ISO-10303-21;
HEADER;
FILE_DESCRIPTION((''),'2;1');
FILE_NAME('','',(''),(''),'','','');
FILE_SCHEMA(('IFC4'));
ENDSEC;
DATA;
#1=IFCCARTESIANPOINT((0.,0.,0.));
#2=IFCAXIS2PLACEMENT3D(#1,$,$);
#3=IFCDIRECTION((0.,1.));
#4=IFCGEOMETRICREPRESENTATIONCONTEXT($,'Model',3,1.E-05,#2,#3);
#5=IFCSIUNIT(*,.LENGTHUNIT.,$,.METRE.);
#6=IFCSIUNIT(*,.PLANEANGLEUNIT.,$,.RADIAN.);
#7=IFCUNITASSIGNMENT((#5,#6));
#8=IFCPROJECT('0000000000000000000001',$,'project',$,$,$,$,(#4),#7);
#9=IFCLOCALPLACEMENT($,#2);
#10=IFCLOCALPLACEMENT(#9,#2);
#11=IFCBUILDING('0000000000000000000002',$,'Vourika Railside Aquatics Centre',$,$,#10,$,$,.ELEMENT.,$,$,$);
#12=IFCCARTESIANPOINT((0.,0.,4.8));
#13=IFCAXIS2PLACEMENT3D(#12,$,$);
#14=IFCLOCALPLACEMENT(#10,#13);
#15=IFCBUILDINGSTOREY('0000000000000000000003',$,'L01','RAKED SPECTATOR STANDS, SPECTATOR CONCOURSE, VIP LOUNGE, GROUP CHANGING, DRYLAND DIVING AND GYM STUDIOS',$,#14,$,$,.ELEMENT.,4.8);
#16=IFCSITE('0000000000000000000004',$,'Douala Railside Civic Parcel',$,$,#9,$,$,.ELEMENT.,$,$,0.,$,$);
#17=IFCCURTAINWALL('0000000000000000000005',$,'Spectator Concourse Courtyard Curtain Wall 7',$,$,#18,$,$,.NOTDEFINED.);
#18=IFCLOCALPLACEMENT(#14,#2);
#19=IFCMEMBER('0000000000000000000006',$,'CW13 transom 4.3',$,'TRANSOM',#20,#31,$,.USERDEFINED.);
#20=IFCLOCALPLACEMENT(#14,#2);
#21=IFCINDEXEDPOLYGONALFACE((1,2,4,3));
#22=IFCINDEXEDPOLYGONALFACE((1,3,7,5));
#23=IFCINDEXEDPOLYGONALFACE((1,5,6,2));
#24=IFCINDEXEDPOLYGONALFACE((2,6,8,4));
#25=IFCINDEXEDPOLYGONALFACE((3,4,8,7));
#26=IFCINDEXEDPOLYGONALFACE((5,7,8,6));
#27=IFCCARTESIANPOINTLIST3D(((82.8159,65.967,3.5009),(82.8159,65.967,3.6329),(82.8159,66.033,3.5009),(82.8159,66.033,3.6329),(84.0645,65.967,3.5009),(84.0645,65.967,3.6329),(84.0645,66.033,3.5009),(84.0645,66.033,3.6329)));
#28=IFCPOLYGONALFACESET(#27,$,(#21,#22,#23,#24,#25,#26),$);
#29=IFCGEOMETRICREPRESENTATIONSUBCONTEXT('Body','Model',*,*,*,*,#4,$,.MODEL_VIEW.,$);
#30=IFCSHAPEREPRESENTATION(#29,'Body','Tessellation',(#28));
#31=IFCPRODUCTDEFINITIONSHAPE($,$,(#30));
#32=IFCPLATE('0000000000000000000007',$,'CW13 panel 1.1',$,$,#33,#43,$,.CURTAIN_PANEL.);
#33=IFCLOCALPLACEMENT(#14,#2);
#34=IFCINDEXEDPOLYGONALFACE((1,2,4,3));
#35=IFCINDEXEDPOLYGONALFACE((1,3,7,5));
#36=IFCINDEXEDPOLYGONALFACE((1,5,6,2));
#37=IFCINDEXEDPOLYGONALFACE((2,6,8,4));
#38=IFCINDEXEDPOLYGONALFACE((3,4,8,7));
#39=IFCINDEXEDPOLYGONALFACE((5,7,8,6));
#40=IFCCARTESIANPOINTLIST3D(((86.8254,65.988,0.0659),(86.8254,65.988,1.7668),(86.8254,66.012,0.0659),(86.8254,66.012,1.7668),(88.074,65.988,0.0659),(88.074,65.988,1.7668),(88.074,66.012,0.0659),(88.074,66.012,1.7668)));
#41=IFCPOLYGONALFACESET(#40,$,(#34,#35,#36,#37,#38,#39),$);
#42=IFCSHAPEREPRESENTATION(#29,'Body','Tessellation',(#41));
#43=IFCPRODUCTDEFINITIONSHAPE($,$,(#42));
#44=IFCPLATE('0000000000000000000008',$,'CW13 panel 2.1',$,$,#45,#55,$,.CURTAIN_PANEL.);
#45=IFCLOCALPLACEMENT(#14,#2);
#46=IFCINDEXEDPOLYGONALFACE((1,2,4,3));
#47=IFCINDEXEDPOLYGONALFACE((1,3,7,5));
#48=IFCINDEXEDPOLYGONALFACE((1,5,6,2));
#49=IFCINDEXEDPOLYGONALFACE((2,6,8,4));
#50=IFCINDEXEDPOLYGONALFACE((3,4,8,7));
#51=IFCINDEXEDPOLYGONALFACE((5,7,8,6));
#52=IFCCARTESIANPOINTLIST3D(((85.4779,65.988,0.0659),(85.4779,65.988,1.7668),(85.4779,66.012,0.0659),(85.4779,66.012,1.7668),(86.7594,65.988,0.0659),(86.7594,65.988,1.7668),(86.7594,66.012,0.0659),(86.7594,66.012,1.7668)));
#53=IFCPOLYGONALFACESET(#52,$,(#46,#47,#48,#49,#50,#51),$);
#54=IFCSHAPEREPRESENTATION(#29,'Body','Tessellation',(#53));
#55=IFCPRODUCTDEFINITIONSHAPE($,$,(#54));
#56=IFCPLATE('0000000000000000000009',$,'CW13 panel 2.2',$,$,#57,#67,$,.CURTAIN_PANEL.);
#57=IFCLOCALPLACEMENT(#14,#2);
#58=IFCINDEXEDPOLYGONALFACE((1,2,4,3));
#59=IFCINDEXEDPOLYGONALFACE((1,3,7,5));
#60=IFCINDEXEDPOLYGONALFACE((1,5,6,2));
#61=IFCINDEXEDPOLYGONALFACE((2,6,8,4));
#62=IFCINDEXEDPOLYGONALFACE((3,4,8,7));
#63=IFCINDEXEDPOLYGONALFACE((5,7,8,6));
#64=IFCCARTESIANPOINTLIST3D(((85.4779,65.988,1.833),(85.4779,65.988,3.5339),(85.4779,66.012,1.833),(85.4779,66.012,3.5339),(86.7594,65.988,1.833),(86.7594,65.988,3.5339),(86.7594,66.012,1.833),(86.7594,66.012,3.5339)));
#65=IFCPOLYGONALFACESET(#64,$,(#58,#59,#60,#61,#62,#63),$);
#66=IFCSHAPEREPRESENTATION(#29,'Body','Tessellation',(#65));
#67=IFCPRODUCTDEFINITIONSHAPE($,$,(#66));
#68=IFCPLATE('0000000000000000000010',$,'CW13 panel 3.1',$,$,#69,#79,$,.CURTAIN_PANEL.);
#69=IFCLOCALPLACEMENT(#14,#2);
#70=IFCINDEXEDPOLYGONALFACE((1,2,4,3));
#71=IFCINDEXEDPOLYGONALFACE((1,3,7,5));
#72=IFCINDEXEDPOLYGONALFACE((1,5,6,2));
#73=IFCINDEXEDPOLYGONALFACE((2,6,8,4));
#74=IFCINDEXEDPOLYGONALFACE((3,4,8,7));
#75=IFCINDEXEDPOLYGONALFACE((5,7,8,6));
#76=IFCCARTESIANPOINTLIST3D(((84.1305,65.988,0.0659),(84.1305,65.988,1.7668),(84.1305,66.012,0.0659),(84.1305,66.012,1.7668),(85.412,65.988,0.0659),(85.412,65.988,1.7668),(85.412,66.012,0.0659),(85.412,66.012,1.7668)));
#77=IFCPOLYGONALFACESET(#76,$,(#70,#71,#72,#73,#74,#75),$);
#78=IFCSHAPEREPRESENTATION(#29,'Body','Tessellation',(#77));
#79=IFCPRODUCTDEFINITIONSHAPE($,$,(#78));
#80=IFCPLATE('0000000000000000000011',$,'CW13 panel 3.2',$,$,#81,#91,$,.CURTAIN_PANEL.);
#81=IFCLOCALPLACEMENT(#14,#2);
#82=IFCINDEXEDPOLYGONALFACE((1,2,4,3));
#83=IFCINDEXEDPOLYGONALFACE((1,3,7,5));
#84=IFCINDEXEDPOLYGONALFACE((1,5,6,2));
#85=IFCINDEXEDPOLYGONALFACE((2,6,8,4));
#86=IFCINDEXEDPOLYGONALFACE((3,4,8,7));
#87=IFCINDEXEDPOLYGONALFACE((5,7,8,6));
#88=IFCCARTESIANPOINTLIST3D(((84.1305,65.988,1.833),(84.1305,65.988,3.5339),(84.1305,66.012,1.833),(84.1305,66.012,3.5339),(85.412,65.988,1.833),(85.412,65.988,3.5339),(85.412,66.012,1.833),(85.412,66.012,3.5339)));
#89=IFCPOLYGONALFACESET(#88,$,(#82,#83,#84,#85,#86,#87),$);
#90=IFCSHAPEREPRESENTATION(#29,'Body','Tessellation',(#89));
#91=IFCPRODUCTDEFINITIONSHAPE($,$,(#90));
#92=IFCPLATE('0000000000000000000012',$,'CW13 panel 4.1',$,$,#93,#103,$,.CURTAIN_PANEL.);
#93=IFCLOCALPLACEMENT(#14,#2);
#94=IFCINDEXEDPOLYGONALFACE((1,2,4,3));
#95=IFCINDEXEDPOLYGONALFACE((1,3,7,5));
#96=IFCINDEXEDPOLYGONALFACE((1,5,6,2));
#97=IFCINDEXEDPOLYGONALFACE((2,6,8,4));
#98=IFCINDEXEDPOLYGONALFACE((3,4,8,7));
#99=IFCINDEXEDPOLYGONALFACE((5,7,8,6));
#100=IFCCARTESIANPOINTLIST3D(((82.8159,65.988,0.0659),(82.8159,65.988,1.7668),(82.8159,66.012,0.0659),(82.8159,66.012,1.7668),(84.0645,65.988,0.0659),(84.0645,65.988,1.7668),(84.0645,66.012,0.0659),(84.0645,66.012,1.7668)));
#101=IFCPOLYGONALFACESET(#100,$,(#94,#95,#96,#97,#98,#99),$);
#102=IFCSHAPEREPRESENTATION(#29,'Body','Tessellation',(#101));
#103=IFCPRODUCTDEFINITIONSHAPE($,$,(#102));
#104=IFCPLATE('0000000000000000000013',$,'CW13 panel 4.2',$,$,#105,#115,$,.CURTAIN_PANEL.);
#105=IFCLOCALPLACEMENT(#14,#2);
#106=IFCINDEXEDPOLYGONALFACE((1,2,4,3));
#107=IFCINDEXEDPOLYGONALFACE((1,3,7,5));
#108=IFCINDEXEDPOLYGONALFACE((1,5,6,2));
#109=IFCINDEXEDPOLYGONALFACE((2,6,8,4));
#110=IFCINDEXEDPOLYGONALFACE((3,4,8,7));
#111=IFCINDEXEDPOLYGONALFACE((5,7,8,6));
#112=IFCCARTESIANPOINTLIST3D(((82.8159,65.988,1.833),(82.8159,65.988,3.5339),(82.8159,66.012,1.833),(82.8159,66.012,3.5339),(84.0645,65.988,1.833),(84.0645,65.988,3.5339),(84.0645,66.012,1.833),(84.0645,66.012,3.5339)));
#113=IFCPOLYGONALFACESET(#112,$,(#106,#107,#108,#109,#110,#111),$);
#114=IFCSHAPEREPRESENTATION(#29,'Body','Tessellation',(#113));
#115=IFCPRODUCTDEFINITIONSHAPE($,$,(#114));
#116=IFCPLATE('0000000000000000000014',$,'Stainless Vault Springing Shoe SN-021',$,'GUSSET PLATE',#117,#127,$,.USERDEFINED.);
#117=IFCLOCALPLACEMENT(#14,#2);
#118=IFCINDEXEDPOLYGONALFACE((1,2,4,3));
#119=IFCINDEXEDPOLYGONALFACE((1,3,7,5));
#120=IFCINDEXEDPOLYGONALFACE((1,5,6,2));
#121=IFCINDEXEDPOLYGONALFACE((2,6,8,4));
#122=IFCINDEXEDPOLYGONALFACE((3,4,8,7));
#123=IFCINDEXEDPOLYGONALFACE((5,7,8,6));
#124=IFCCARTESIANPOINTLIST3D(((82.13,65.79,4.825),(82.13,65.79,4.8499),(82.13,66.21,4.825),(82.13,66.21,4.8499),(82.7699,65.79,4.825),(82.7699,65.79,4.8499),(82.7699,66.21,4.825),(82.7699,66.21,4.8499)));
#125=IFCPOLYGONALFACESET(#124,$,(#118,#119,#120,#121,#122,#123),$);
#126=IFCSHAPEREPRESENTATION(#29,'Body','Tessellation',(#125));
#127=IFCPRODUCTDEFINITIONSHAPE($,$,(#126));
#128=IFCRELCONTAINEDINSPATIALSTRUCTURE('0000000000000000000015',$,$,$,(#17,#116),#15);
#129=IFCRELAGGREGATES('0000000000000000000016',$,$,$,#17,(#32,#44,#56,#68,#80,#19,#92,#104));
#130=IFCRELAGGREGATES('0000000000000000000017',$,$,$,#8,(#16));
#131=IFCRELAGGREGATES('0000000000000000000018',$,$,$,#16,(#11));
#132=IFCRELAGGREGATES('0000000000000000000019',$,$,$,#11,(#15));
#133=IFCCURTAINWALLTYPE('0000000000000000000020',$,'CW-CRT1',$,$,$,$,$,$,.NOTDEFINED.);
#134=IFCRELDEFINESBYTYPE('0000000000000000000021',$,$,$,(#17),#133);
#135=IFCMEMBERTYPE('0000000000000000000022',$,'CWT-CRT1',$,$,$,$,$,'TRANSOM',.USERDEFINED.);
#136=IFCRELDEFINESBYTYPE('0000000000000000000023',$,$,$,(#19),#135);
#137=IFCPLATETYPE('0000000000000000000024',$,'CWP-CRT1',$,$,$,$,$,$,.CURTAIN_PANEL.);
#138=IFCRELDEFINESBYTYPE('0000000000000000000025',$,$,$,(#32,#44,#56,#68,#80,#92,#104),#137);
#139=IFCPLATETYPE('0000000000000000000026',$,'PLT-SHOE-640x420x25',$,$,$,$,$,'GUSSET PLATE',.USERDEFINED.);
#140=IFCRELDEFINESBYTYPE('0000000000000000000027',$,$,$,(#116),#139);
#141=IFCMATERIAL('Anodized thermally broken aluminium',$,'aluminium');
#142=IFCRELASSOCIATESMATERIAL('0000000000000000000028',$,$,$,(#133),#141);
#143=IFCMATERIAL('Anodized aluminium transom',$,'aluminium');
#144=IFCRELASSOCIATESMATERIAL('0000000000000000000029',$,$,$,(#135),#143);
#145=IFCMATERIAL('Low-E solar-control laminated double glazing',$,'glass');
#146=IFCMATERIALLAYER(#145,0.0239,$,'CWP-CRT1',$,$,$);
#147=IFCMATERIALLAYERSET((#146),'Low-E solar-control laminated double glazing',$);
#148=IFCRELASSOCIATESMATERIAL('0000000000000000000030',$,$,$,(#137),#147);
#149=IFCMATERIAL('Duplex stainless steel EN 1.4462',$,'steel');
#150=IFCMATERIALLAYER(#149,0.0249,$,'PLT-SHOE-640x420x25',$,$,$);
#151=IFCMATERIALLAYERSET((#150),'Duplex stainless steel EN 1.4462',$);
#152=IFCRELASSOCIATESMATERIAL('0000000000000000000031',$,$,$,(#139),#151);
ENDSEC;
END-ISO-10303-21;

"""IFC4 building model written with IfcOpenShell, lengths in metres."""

from ifc_helpers import new_model, si_unit, direction, frame, origin, origin_2d, place, context, subcontext, project, spatial, rectangle, extrude, material, layer, layer_set, material_profile, profile_set, type_object, element, aggregate, save


model = new_model("IFC4")

# Units and contexts
model_context = context("Model", 3, precision=1e-05, world=origin(), true_north=direction((0.0, 1.0)))
body_context = subcontext(model_context, "Body", "Model", "MODEL_VIEW")
ifc_project = project(units=[si_unit("LENGTHUNIT", "METRE"), si_unit("PLANEANGLEUNIT", "RADIAN")], contexts=[model_context])

# Site, building, storey
site_placement = place(None, origin())
site = spatial("IfcSite", under=ifc_project, at=site_placement, Name="Douala Railside Civic Parcel", CompositionType="ELEMENT", RefElevation=0.0)
building_placement = place(site_placement, origin())
building = spatial("IfcBuilding", under=site, at=building_placement, Name="Vourika Railside Aquatics Centre", CompositionType="ELEMENT")
storey_placement = place(building_placement, frame((0.0, 0.0, 4.8)))
storey = spatial("IfcBuildingStorey", under=building, at=storey_placement, Name="L01", Description="RAKED SPECTATOR STANDS, SPECTATOR CONCOURSE, VIP LOUNGE, GROUP CHANGING, DRYLAND DIVING AND GYM STUDIOS", CompositionType="ELEMENT", Elevation=4.8)

# Curtain wall, member, plates
ifc_material_1 = material(Name="Anodized thermally broken aluminium", Category="aluminium")
curtain_wall_type = type_object("IfcCurtainWallType", Name="CW-CRT1", PredefinedType="NOTDEFINED", material=ifc_material_1)
curtain_wall_placement = place(storey_placement, origin())
curtain_wall = element("IfcCurtainWall", 1, at=curtain_wall_placement, inside=storey, type_object=curtain_wall_type, Name="Spectator Concourse Courtyard Curtain Wall 7", PredefinedType="NOTDEFINED")
ifc_material_2 = material(Name="Anodized aluminium transom", Category="aluminium")
ifc_material_profile_1 = material_profile(ifc_material_2, rectangle(XDim=0.0659, YDim=0.1321, at=origin_2d()), Name="ALU-T 66x132")
ifc_profile_set_1 = profile_set([ifc_material_profile_1], Name="Anodized aluminium transom")
member_type_1 = type_object("IfcMemberType", Name="CWT-CRT1", ElementType="TRANSOM", PredefinedType="USERDEFINED", material=ifc_profile_set_1)
member_1_placement = place(storey_placement, frame((84.0645, 66.0, 3.5669), z_axis=(-1.0, 0.0, 0.0), x_axis=(0.0, -1.0, 0.0)))
member_1 = element("IfcMember", 2, at=member_1_placement, type_object=member_type_1, Name="CW13 transom 4.3", ObjectType="TRANSOM", PredefinedType="USERDEFINED", context=body_context, shape_type="SweptSolid", body=[
    extrude(rectangle(XDim=0.0659, YDim=0.1321, at=origin_2d()), origin(), (0.0, 0.0, 1.0), 1.2485),
])
ifc_material_3 = material(Name="Low-E solar-control laminated double glazing", Category="glass")
ifc_layer_1 = layer(ifc_material_3, 0.0239, Name="CWP-CRT1")
ifc_layer_set_1 = layer_set([ifc_layer_1], Name="Low-E solar-control laminated double glazing")
plate_type_1 = type_object("IfcPlateType", Name="CWP-CRT1", PredefinedType="CURTAIN_PANEL", material=ifc_layer_set_1)
plate_1_placement = place(storey_placement, frame((87.4497, 66.0, 0.0659), z_axis=(0.0, 0.0, 1.0), x_axis=(-1.0, 0.0, 0.0)))
plate_1 = element("IfcPlate", 3, at=plate_1_placement, type_object=plate_type_1, Name="CW13 panel 1.1", PredefinedType="CURTAIN_PANEL", context=body_context, shape_type="SweptSolid", body=[
    extrude(rectangle(XDim=1.2485, YDim=0.0239, at=origin_2d()), origin(), (0.0, 0.0, 1.0), 1.7009),
])
plate_2_placement = place(storey_placement, frame((86.1187, 66.0, 0.0659), z_axis=(0.0, 0.0, 1.0), x_axis=(-1.0, 0.0, 0.0)))
plate_2 = element("IfcPlate", 4, at=plate_2_placement, type_object=plate_type_1, Name="CW13 panel 2.1", PredefinedType="CURTAIN_PANEL", context=body_context, shape_type="SweptSolid", body=[
    extrude(rectangle(XDim=1.2815, YDim=0.0239, at=origin_2d()), origin(), (0.0, 0.0, 1.0), 1.7009),
])
plate_3_placement = place(storey_placement, frame((86.1187, 66.0, 1.833), z_axis=(0.0, 0.0, 1.0), x_axis=(-1.0, 0.0, 0.0)))
plate_3 = element("IfcPlate", 5, at=plate_3_placement, type_object=plate_type_1, Name="CW13 panel 2.2", PredefinedType="CURTAIN_PANEL", context=body_context, shape_type="SweptSolid", body=[
    extrude(rectangle(XDim=1.2815, YDim=0.0239, at=origin_2d()), origin(), (0.0, 0.0, 1.0), 1.7009),
])
plate_4_placement = place(storey_placement, frame((84.7712, 66.0, 0.0659), z_axis=(0.0, 0.0, 1.0), x_axis=(-1.0, 0.0, 0.0)))
plate_4 = element("IfcPlate", 6, at=plate_4_placement, type_object=plate_type_1, Name="CW13 panel 3.1", PredefinedType="CURTAIN_PANEL", context=body_context, shape_type="SweptSolid", body=[
    extrude(rectangle(XDim=1.2815, YDim=0.0239, at=origin_2d()), origin(), (0.0, 0.0, 1.0), 1.7009),
])
plate_5_placement = place(storey_placement, frame((84.7712, 66.0, 1.833), z_axis=(0.0, 0.0, 1.0), x_axis=(-1.0, 0.0, 0.0)))
plate_5 = element("IfcPlate", 7, at=plate_5_placement, type_object=plate_type_1, Name="CW13 panel 3.2", PredefinedType="CURTAIN_PANEL", context=body_context, shape_type="SweptSolid", body=[
    extrude(rectangle(XDim=1.2815, YDim=0.0239, at=origin_2d()), origin(), (0.0, 0.0, 1.0), 1.7009),
])
plate_6_placement = place(storey_placement, frame((83.4402, 66.0, 0.0659), z_axis=(0.0, 0.0, 1.0), x_axis=(-1.0, 0.0, 0.0)))
plate_6 = element("IfcPlate", 8, at=plate_6_placement, type_object=plate_type_1, Name="CW13 panel 4.1", PredefinedType="CURTAIN_PANEL", context=body_context, shape_type="SweptSolid", body=[
    extrude(rectangle(XDim=1.2485, YDim=0.0239, at=origin_2d()), origin(), (0.0, 0.0, 1.0), 1.7009),
])
plate_7_placement = place(storey_placement, frame((83.4402, 66.0, 1.833), z_axis=(0.0, 0.0, 1.0), x_axis=(-1.0, 0.0, 0.0)))
plate_7 = element("IfcPlate", 9, at=plate_7_placement, type_object=plate_type_1, Name="CW13 panel 4.2", PredefinedType="CURTAIN_PANEL", context=body_context, shape_type="SweptSolid", body=[
    extrude(rectangle(XDim=1.2485, YDim=0.0239, at=origin_2d()), origin(), (0.0, 0.0, 1.0), 1.7009),
])
aggregate(curtain_wall, [plate_1, plate_2, plate_3, plate_4, plate_5, member_1, plate_6, plate_7])

# Plate
ifc_material_4 = material(Name="Duplex stainless steel EN 1.4462", Category="steel")
ifc_layer_2 = layer(ifc_material_4, 0.0249, Name="PLT-SHOE-640x420x25")
ifc_layer_set_2 = layer_set([ifc_layer_2], Name="Duplex stainless steel EN 1.4462")
plate_type_2 = type_object("IfcPlateType", Name="PLT-SHOE-640x420x25", ElementType="GUSSET PLATE", PredefinedType="USERDEFINED", material=ifc_layer_set_2)
plate_8_placement = place(storey_placement, frame((82.45, 66.0, 4.825), z_axis=(0.0, 0.0, 1.0), x_axis=(1.0, 0.0, 0.0)))
element("IfcPlate", 10, at=plate_8_placement, inside=storey, type_object=plate_type_2, Name="Stainless Vault Springing Shoe SN-021", ObjectType="GUSSET PLATE", PredefinedType="USERDEFINED", context=body_context, shape_type="SweptSolid", body=[
    extrude(rectangle(XDim=0.6399, YDim=0.4199, at=origin_2d()), origin(), (0.0, 0.0, 1.0), 0.0249),
])

save(model, "model.ifc")
